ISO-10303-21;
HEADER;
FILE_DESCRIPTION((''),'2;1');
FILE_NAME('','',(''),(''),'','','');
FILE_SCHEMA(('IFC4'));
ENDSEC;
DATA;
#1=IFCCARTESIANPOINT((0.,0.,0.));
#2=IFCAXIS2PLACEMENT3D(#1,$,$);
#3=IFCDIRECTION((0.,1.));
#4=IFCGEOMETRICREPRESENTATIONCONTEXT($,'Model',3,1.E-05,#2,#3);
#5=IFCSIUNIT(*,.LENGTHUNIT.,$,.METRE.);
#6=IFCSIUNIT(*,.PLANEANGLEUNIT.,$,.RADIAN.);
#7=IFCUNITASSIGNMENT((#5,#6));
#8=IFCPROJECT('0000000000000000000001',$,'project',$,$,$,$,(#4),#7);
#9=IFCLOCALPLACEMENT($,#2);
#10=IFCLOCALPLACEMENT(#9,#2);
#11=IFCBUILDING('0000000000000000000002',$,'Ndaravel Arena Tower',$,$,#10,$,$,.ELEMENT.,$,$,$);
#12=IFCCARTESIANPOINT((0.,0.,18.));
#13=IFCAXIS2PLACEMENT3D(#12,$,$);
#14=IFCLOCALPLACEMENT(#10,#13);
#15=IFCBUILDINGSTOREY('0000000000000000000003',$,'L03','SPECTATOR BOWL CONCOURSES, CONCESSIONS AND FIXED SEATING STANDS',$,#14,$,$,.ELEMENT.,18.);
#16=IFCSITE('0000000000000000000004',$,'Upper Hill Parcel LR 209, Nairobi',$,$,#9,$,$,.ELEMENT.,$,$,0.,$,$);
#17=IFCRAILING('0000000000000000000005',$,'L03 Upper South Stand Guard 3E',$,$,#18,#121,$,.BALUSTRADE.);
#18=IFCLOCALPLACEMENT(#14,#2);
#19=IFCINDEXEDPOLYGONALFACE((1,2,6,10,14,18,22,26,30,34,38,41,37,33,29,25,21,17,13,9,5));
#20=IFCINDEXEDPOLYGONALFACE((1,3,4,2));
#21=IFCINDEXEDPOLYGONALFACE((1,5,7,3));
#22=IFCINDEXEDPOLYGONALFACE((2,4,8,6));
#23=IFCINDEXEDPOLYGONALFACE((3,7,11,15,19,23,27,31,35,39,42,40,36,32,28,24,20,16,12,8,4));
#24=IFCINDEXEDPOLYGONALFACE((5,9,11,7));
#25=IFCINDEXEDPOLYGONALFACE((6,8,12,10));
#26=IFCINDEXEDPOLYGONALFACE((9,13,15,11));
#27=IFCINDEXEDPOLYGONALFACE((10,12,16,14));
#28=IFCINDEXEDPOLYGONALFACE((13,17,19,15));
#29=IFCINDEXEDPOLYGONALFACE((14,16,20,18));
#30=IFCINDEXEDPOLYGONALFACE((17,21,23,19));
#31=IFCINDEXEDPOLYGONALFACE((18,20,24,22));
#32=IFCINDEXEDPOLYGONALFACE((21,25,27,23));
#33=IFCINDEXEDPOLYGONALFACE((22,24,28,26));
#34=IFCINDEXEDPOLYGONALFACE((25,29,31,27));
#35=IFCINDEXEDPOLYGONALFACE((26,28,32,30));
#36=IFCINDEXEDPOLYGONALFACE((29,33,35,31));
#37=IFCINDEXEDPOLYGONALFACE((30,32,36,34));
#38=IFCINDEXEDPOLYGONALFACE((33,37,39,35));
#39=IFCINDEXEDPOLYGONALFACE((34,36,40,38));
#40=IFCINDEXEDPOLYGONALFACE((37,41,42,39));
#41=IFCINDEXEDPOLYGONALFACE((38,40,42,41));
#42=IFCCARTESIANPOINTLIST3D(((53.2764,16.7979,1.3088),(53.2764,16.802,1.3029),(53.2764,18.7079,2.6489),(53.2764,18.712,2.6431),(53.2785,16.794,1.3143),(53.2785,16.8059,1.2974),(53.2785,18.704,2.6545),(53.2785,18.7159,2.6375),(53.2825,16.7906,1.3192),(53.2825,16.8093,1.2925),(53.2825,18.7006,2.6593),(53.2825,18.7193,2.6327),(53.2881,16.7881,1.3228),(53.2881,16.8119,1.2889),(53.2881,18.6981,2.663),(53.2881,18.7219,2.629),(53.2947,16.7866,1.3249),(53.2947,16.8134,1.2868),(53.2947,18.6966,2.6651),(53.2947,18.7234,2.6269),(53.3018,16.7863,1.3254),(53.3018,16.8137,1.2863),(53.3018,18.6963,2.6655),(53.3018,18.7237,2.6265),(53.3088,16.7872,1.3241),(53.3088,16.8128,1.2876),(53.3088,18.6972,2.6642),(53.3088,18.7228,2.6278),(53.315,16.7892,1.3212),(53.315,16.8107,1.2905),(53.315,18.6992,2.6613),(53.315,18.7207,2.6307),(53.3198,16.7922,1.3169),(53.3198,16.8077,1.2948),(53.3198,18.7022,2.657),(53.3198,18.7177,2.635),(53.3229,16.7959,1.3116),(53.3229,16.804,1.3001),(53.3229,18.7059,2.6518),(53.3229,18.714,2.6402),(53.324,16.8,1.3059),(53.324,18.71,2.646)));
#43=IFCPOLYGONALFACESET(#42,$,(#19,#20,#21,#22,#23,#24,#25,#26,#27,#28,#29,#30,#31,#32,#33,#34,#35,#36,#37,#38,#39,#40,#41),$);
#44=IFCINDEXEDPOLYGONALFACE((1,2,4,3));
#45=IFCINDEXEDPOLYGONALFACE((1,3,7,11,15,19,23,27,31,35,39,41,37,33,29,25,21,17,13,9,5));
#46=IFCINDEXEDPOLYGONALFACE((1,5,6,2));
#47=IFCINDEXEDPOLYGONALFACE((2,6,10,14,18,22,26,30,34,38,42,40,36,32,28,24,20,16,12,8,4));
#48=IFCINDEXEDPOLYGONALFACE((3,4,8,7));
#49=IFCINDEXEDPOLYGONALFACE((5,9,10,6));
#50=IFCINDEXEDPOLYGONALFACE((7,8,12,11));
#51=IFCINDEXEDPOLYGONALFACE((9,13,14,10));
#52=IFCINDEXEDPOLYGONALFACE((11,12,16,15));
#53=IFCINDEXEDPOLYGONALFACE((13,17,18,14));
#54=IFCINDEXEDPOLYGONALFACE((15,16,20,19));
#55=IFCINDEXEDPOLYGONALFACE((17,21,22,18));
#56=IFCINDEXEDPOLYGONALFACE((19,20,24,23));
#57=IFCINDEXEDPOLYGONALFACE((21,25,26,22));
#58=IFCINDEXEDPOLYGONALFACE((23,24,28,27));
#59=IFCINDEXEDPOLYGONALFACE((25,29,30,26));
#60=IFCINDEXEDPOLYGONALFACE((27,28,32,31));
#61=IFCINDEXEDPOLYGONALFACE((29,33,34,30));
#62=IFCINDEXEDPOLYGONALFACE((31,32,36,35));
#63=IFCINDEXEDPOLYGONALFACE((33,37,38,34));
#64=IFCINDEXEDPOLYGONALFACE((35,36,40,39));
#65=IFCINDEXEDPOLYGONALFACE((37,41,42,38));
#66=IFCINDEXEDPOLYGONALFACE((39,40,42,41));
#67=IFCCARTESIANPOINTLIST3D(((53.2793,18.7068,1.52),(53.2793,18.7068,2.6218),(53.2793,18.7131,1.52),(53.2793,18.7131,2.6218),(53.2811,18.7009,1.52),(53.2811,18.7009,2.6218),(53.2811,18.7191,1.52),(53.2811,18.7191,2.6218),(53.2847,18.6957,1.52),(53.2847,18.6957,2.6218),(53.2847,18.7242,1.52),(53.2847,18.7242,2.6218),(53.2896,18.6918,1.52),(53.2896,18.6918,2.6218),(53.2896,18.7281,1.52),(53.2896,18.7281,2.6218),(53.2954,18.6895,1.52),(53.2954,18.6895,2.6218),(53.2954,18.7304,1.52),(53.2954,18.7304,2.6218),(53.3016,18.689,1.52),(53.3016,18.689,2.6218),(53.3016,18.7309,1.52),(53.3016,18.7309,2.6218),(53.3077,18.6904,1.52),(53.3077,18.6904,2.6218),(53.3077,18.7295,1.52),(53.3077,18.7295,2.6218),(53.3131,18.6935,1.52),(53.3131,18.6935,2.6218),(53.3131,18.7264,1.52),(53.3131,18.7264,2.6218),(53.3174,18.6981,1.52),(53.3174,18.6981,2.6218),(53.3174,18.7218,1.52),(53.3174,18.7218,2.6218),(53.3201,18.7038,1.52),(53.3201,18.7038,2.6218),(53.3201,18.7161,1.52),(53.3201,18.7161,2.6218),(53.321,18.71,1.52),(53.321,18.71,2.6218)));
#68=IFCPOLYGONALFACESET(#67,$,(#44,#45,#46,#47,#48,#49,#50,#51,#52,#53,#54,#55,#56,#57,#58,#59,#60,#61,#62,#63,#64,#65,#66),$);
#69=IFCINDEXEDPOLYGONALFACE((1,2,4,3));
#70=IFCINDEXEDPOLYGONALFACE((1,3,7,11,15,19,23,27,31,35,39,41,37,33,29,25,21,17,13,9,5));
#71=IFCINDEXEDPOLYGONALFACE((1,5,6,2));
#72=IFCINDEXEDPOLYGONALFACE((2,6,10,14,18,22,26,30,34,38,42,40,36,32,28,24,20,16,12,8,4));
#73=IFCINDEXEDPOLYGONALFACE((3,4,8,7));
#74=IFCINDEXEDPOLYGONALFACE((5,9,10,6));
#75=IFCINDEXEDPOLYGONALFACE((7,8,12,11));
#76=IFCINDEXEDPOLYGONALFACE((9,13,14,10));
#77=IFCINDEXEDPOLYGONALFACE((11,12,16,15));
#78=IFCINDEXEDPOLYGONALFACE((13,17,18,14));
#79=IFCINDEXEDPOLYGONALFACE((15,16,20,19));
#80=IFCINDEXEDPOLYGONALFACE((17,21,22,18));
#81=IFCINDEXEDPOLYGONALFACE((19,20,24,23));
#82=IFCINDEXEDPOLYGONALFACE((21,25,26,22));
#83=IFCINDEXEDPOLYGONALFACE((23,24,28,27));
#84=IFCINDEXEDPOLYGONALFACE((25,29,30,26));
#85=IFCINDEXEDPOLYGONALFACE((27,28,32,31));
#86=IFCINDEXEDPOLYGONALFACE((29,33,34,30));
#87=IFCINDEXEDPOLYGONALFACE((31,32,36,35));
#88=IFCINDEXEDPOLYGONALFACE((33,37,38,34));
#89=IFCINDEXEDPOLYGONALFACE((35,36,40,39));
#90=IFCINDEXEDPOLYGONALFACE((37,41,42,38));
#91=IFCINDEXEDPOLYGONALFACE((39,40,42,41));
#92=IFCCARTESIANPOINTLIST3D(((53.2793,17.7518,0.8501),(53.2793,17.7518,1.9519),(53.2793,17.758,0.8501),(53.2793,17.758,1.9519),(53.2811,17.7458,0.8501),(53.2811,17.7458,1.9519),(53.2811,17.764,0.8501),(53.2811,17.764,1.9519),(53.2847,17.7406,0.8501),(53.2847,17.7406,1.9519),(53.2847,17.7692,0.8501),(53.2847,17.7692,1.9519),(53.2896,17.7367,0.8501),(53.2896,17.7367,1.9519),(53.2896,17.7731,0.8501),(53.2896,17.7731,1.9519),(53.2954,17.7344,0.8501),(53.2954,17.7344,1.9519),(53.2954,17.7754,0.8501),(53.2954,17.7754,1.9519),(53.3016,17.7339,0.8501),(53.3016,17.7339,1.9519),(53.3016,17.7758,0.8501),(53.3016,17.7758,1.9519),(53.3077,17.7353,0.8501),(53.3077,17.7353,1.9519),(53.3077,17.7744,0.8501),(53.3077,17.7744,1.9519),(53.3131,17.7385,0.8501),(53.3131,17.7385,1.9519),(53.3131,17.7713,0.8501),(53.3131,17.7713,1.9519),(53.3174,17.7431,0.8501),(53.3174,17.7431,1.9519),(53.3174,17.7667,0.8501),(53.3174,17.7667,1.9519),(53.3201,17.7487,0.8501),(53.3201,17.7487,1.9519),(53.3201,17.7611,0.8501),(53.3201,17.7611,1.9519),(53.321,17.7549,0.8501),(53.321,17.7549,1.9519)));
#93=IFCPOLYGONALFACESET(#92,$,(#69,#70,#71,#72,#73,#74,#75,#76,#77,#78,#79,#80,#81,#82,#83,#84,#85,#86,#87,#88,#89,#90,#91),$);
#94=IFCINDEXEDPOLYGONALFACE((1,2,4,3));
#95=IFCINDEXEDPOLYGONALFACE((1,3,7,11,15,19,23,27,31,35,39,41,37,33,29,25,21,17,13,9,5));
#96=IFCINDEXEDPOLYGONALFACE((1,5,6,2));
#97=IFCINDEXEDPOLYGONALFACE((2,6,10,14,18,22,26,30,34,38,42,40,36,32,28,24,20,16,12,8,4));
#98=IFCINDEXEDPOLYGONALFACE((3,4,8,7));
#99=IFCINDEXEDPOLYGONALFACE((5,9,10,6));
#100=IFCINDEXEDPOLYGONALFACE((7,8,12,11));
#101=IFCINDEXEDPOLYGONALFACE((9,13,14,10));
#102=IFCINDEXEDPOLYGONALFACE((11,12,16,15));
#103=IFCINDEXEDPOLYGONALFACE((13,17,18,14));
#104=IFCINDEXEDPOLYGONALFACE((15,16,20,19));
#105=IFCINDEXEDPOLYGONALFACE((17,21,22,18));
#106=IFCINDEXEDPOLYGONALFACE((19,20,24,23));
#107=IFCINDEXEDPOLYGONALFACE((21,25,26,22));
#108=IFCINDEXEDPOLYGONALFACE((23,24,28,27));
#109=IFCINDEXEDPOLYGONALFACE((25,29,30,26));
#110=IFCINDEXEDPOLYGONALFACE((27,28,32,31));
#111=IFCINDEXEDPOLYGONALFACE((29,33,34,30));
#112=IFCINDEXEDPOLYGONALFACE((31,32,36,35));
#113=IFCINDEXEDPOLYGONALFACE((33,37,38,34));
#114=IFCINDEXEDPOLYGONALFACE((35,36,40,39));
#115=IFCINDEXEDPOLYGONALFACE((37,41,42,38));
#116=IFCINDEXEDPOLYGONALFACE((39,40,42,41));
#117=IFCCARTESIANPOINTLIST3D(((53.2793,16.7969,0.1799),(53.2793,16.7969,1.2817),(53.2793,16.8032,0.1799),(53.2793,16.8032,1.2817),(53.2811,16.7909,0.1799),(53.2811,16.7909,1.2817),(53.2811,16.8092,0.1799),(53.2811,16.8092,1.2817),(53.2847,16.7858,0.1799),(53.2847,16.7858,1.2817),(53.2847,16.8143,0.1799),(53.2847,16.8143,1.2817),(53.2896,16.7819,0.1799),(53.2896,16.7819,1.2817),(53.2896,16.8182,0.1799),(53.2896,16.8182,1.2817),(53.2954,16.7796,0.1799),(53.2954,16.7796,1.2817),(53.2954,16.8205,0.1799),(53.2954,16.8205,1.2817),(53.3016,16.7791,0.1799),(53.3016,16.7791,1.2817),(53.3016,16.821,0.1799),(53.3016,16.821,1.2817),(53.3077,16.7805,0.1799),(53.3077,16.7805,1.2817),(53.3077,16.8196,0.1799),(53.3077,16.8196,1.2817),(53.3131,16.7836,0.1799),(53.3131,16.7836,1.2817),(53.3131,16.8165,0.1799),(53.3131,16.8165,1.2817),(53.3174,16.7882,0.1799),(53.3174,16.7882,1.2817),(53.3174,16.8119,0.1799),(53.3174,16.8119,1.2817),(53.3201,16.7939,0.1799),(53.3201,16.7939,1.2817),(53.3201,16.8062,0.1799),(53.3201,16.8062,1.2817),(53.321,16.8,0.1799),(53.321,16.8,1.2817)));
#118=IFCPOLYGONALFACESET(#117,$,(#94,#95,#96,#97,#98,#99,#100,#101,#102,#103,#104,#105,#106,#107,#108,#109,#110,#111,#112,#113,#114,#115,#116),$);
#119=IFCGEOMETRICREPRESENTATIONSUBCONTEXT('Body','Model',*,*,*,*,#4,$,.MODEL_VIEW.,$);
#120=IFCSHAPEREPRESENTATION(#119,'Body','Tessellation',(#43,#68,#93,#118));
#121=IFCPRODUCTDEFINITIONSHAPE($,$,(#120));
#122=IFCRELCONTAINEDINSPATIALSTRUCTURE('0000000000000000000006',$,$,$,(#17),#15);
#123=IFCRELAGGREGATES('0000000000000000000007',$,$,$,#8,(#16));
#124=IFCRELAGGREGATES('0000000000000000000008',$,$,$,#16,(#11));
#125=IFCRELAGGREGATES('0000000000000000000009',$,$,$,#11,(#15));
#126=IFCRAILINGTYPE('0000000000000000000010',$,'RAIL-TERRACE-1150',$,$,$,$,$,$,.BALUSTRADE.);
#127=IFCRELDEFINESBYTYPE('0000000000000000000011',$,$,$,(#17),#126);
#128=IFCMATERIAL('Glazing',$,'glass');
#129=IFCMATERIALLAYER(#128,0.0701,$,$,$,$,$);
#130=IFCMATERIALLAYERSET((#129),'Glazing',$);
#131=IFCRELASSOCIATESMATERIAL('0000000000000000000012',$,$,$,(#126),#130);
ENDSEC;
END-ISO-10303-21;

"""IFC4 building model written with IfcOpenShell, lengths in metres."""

from ifc_helpers import new_model, si_unit, direction, frame, origin, origin_2d, place, context, subcontext, project, spatial, circle, extrude, material, layer, layer_set, type_object, element, save


model = new_model("IFC4")

# Units and contexts
model_context = context("Model", 3, precision=1e-05, world=origin(), true_north=direction((0.0, 1.0)))
body_context = subcontext(model_context, "Body", "Model", "MODEL_VIEW")
ifc_project = project(units=[si_unit("LENGTHUNIT", "METRE"), si_unit("PLANEANGLEUNIT", "RADIAN")], contexts=[model_context])

# Site, building, storey
site_placement = place(None, origin())
site = spatial("IfcSite", under=ifc_project, at=site_placement, Name="Upper Hill Parcel LR 209, Nairobi", CompositionType="ELEMENT", RefElevation=0.0)
building_placement = place(site_placement, origin())
building = spatial("IfcBuilding", under=site, at=building_placement, Name="Ndaravel Arena Tower", CompositionType="ELEMENT")
storey_placement = place(building_placement, frame((0.0, 0.0, 18.0)))
storey = spatial("IfcBuildingStorey", under=building, at=storey_placement, Name="L03", Description="SPECTATOR BOWL CONCOURSES, CONCESSIONS AND FIXED SEATING STANDS", CompositionType="ELEMENT", Elevation=18.0)

# Railing
ifc_material_1 = material(Name="Glazing", Category="glass")
ifc_layer_1 = layer(ifc_material_1, 0.0701)
ifc_layer_set_1 = layer_set([ifc_layer_1], Name="Glazing")
railing_type = type_object("IfcRailingType", Name="RAIL-TERRACE-1150", PredefinedType="BALUSTRADE", material=ifc_layer_set_1)
railing_1_placement = place(storey_placement, frame((53.3, 18.71, 1.52)))
element("IfcRailing", 1, at=railing_1_placement, inside=storey, type_object=railing_type, Name="L03 Upper South Stand Guard 3E", PredefinedType="BALUSTRADE", context=body_context, shape_type="SweptSolid", body=[
    extrude(circle(Radius=0.0239, at=origin_2d()), frame((0.0, 0.0, 1.126), z_axis=(0.0, -0.818597, -0.574368), x_axis=(1.0, 0.0, 0.0)), (0.0, 0.0, 1.0), 2.3333),
    extrude(circle(Radius=0.021, at=origin_2d()), origin(), (0.0, 0.0, 1.0), 1.1018),
    extrude(circle(Radius=0.021, at=origin_2d()), frame((0.0, -0.9551, -0.6699)), (0.0, 0.0, 1.0), 1.1018),
    extrude(circle(Radius=0.021, at=origin_2d()), frame((0.0, -1.9099, -1.3401)), (0.0, 0.0, 1.0), 1.1018),
])

save(model, "model.ifc")
